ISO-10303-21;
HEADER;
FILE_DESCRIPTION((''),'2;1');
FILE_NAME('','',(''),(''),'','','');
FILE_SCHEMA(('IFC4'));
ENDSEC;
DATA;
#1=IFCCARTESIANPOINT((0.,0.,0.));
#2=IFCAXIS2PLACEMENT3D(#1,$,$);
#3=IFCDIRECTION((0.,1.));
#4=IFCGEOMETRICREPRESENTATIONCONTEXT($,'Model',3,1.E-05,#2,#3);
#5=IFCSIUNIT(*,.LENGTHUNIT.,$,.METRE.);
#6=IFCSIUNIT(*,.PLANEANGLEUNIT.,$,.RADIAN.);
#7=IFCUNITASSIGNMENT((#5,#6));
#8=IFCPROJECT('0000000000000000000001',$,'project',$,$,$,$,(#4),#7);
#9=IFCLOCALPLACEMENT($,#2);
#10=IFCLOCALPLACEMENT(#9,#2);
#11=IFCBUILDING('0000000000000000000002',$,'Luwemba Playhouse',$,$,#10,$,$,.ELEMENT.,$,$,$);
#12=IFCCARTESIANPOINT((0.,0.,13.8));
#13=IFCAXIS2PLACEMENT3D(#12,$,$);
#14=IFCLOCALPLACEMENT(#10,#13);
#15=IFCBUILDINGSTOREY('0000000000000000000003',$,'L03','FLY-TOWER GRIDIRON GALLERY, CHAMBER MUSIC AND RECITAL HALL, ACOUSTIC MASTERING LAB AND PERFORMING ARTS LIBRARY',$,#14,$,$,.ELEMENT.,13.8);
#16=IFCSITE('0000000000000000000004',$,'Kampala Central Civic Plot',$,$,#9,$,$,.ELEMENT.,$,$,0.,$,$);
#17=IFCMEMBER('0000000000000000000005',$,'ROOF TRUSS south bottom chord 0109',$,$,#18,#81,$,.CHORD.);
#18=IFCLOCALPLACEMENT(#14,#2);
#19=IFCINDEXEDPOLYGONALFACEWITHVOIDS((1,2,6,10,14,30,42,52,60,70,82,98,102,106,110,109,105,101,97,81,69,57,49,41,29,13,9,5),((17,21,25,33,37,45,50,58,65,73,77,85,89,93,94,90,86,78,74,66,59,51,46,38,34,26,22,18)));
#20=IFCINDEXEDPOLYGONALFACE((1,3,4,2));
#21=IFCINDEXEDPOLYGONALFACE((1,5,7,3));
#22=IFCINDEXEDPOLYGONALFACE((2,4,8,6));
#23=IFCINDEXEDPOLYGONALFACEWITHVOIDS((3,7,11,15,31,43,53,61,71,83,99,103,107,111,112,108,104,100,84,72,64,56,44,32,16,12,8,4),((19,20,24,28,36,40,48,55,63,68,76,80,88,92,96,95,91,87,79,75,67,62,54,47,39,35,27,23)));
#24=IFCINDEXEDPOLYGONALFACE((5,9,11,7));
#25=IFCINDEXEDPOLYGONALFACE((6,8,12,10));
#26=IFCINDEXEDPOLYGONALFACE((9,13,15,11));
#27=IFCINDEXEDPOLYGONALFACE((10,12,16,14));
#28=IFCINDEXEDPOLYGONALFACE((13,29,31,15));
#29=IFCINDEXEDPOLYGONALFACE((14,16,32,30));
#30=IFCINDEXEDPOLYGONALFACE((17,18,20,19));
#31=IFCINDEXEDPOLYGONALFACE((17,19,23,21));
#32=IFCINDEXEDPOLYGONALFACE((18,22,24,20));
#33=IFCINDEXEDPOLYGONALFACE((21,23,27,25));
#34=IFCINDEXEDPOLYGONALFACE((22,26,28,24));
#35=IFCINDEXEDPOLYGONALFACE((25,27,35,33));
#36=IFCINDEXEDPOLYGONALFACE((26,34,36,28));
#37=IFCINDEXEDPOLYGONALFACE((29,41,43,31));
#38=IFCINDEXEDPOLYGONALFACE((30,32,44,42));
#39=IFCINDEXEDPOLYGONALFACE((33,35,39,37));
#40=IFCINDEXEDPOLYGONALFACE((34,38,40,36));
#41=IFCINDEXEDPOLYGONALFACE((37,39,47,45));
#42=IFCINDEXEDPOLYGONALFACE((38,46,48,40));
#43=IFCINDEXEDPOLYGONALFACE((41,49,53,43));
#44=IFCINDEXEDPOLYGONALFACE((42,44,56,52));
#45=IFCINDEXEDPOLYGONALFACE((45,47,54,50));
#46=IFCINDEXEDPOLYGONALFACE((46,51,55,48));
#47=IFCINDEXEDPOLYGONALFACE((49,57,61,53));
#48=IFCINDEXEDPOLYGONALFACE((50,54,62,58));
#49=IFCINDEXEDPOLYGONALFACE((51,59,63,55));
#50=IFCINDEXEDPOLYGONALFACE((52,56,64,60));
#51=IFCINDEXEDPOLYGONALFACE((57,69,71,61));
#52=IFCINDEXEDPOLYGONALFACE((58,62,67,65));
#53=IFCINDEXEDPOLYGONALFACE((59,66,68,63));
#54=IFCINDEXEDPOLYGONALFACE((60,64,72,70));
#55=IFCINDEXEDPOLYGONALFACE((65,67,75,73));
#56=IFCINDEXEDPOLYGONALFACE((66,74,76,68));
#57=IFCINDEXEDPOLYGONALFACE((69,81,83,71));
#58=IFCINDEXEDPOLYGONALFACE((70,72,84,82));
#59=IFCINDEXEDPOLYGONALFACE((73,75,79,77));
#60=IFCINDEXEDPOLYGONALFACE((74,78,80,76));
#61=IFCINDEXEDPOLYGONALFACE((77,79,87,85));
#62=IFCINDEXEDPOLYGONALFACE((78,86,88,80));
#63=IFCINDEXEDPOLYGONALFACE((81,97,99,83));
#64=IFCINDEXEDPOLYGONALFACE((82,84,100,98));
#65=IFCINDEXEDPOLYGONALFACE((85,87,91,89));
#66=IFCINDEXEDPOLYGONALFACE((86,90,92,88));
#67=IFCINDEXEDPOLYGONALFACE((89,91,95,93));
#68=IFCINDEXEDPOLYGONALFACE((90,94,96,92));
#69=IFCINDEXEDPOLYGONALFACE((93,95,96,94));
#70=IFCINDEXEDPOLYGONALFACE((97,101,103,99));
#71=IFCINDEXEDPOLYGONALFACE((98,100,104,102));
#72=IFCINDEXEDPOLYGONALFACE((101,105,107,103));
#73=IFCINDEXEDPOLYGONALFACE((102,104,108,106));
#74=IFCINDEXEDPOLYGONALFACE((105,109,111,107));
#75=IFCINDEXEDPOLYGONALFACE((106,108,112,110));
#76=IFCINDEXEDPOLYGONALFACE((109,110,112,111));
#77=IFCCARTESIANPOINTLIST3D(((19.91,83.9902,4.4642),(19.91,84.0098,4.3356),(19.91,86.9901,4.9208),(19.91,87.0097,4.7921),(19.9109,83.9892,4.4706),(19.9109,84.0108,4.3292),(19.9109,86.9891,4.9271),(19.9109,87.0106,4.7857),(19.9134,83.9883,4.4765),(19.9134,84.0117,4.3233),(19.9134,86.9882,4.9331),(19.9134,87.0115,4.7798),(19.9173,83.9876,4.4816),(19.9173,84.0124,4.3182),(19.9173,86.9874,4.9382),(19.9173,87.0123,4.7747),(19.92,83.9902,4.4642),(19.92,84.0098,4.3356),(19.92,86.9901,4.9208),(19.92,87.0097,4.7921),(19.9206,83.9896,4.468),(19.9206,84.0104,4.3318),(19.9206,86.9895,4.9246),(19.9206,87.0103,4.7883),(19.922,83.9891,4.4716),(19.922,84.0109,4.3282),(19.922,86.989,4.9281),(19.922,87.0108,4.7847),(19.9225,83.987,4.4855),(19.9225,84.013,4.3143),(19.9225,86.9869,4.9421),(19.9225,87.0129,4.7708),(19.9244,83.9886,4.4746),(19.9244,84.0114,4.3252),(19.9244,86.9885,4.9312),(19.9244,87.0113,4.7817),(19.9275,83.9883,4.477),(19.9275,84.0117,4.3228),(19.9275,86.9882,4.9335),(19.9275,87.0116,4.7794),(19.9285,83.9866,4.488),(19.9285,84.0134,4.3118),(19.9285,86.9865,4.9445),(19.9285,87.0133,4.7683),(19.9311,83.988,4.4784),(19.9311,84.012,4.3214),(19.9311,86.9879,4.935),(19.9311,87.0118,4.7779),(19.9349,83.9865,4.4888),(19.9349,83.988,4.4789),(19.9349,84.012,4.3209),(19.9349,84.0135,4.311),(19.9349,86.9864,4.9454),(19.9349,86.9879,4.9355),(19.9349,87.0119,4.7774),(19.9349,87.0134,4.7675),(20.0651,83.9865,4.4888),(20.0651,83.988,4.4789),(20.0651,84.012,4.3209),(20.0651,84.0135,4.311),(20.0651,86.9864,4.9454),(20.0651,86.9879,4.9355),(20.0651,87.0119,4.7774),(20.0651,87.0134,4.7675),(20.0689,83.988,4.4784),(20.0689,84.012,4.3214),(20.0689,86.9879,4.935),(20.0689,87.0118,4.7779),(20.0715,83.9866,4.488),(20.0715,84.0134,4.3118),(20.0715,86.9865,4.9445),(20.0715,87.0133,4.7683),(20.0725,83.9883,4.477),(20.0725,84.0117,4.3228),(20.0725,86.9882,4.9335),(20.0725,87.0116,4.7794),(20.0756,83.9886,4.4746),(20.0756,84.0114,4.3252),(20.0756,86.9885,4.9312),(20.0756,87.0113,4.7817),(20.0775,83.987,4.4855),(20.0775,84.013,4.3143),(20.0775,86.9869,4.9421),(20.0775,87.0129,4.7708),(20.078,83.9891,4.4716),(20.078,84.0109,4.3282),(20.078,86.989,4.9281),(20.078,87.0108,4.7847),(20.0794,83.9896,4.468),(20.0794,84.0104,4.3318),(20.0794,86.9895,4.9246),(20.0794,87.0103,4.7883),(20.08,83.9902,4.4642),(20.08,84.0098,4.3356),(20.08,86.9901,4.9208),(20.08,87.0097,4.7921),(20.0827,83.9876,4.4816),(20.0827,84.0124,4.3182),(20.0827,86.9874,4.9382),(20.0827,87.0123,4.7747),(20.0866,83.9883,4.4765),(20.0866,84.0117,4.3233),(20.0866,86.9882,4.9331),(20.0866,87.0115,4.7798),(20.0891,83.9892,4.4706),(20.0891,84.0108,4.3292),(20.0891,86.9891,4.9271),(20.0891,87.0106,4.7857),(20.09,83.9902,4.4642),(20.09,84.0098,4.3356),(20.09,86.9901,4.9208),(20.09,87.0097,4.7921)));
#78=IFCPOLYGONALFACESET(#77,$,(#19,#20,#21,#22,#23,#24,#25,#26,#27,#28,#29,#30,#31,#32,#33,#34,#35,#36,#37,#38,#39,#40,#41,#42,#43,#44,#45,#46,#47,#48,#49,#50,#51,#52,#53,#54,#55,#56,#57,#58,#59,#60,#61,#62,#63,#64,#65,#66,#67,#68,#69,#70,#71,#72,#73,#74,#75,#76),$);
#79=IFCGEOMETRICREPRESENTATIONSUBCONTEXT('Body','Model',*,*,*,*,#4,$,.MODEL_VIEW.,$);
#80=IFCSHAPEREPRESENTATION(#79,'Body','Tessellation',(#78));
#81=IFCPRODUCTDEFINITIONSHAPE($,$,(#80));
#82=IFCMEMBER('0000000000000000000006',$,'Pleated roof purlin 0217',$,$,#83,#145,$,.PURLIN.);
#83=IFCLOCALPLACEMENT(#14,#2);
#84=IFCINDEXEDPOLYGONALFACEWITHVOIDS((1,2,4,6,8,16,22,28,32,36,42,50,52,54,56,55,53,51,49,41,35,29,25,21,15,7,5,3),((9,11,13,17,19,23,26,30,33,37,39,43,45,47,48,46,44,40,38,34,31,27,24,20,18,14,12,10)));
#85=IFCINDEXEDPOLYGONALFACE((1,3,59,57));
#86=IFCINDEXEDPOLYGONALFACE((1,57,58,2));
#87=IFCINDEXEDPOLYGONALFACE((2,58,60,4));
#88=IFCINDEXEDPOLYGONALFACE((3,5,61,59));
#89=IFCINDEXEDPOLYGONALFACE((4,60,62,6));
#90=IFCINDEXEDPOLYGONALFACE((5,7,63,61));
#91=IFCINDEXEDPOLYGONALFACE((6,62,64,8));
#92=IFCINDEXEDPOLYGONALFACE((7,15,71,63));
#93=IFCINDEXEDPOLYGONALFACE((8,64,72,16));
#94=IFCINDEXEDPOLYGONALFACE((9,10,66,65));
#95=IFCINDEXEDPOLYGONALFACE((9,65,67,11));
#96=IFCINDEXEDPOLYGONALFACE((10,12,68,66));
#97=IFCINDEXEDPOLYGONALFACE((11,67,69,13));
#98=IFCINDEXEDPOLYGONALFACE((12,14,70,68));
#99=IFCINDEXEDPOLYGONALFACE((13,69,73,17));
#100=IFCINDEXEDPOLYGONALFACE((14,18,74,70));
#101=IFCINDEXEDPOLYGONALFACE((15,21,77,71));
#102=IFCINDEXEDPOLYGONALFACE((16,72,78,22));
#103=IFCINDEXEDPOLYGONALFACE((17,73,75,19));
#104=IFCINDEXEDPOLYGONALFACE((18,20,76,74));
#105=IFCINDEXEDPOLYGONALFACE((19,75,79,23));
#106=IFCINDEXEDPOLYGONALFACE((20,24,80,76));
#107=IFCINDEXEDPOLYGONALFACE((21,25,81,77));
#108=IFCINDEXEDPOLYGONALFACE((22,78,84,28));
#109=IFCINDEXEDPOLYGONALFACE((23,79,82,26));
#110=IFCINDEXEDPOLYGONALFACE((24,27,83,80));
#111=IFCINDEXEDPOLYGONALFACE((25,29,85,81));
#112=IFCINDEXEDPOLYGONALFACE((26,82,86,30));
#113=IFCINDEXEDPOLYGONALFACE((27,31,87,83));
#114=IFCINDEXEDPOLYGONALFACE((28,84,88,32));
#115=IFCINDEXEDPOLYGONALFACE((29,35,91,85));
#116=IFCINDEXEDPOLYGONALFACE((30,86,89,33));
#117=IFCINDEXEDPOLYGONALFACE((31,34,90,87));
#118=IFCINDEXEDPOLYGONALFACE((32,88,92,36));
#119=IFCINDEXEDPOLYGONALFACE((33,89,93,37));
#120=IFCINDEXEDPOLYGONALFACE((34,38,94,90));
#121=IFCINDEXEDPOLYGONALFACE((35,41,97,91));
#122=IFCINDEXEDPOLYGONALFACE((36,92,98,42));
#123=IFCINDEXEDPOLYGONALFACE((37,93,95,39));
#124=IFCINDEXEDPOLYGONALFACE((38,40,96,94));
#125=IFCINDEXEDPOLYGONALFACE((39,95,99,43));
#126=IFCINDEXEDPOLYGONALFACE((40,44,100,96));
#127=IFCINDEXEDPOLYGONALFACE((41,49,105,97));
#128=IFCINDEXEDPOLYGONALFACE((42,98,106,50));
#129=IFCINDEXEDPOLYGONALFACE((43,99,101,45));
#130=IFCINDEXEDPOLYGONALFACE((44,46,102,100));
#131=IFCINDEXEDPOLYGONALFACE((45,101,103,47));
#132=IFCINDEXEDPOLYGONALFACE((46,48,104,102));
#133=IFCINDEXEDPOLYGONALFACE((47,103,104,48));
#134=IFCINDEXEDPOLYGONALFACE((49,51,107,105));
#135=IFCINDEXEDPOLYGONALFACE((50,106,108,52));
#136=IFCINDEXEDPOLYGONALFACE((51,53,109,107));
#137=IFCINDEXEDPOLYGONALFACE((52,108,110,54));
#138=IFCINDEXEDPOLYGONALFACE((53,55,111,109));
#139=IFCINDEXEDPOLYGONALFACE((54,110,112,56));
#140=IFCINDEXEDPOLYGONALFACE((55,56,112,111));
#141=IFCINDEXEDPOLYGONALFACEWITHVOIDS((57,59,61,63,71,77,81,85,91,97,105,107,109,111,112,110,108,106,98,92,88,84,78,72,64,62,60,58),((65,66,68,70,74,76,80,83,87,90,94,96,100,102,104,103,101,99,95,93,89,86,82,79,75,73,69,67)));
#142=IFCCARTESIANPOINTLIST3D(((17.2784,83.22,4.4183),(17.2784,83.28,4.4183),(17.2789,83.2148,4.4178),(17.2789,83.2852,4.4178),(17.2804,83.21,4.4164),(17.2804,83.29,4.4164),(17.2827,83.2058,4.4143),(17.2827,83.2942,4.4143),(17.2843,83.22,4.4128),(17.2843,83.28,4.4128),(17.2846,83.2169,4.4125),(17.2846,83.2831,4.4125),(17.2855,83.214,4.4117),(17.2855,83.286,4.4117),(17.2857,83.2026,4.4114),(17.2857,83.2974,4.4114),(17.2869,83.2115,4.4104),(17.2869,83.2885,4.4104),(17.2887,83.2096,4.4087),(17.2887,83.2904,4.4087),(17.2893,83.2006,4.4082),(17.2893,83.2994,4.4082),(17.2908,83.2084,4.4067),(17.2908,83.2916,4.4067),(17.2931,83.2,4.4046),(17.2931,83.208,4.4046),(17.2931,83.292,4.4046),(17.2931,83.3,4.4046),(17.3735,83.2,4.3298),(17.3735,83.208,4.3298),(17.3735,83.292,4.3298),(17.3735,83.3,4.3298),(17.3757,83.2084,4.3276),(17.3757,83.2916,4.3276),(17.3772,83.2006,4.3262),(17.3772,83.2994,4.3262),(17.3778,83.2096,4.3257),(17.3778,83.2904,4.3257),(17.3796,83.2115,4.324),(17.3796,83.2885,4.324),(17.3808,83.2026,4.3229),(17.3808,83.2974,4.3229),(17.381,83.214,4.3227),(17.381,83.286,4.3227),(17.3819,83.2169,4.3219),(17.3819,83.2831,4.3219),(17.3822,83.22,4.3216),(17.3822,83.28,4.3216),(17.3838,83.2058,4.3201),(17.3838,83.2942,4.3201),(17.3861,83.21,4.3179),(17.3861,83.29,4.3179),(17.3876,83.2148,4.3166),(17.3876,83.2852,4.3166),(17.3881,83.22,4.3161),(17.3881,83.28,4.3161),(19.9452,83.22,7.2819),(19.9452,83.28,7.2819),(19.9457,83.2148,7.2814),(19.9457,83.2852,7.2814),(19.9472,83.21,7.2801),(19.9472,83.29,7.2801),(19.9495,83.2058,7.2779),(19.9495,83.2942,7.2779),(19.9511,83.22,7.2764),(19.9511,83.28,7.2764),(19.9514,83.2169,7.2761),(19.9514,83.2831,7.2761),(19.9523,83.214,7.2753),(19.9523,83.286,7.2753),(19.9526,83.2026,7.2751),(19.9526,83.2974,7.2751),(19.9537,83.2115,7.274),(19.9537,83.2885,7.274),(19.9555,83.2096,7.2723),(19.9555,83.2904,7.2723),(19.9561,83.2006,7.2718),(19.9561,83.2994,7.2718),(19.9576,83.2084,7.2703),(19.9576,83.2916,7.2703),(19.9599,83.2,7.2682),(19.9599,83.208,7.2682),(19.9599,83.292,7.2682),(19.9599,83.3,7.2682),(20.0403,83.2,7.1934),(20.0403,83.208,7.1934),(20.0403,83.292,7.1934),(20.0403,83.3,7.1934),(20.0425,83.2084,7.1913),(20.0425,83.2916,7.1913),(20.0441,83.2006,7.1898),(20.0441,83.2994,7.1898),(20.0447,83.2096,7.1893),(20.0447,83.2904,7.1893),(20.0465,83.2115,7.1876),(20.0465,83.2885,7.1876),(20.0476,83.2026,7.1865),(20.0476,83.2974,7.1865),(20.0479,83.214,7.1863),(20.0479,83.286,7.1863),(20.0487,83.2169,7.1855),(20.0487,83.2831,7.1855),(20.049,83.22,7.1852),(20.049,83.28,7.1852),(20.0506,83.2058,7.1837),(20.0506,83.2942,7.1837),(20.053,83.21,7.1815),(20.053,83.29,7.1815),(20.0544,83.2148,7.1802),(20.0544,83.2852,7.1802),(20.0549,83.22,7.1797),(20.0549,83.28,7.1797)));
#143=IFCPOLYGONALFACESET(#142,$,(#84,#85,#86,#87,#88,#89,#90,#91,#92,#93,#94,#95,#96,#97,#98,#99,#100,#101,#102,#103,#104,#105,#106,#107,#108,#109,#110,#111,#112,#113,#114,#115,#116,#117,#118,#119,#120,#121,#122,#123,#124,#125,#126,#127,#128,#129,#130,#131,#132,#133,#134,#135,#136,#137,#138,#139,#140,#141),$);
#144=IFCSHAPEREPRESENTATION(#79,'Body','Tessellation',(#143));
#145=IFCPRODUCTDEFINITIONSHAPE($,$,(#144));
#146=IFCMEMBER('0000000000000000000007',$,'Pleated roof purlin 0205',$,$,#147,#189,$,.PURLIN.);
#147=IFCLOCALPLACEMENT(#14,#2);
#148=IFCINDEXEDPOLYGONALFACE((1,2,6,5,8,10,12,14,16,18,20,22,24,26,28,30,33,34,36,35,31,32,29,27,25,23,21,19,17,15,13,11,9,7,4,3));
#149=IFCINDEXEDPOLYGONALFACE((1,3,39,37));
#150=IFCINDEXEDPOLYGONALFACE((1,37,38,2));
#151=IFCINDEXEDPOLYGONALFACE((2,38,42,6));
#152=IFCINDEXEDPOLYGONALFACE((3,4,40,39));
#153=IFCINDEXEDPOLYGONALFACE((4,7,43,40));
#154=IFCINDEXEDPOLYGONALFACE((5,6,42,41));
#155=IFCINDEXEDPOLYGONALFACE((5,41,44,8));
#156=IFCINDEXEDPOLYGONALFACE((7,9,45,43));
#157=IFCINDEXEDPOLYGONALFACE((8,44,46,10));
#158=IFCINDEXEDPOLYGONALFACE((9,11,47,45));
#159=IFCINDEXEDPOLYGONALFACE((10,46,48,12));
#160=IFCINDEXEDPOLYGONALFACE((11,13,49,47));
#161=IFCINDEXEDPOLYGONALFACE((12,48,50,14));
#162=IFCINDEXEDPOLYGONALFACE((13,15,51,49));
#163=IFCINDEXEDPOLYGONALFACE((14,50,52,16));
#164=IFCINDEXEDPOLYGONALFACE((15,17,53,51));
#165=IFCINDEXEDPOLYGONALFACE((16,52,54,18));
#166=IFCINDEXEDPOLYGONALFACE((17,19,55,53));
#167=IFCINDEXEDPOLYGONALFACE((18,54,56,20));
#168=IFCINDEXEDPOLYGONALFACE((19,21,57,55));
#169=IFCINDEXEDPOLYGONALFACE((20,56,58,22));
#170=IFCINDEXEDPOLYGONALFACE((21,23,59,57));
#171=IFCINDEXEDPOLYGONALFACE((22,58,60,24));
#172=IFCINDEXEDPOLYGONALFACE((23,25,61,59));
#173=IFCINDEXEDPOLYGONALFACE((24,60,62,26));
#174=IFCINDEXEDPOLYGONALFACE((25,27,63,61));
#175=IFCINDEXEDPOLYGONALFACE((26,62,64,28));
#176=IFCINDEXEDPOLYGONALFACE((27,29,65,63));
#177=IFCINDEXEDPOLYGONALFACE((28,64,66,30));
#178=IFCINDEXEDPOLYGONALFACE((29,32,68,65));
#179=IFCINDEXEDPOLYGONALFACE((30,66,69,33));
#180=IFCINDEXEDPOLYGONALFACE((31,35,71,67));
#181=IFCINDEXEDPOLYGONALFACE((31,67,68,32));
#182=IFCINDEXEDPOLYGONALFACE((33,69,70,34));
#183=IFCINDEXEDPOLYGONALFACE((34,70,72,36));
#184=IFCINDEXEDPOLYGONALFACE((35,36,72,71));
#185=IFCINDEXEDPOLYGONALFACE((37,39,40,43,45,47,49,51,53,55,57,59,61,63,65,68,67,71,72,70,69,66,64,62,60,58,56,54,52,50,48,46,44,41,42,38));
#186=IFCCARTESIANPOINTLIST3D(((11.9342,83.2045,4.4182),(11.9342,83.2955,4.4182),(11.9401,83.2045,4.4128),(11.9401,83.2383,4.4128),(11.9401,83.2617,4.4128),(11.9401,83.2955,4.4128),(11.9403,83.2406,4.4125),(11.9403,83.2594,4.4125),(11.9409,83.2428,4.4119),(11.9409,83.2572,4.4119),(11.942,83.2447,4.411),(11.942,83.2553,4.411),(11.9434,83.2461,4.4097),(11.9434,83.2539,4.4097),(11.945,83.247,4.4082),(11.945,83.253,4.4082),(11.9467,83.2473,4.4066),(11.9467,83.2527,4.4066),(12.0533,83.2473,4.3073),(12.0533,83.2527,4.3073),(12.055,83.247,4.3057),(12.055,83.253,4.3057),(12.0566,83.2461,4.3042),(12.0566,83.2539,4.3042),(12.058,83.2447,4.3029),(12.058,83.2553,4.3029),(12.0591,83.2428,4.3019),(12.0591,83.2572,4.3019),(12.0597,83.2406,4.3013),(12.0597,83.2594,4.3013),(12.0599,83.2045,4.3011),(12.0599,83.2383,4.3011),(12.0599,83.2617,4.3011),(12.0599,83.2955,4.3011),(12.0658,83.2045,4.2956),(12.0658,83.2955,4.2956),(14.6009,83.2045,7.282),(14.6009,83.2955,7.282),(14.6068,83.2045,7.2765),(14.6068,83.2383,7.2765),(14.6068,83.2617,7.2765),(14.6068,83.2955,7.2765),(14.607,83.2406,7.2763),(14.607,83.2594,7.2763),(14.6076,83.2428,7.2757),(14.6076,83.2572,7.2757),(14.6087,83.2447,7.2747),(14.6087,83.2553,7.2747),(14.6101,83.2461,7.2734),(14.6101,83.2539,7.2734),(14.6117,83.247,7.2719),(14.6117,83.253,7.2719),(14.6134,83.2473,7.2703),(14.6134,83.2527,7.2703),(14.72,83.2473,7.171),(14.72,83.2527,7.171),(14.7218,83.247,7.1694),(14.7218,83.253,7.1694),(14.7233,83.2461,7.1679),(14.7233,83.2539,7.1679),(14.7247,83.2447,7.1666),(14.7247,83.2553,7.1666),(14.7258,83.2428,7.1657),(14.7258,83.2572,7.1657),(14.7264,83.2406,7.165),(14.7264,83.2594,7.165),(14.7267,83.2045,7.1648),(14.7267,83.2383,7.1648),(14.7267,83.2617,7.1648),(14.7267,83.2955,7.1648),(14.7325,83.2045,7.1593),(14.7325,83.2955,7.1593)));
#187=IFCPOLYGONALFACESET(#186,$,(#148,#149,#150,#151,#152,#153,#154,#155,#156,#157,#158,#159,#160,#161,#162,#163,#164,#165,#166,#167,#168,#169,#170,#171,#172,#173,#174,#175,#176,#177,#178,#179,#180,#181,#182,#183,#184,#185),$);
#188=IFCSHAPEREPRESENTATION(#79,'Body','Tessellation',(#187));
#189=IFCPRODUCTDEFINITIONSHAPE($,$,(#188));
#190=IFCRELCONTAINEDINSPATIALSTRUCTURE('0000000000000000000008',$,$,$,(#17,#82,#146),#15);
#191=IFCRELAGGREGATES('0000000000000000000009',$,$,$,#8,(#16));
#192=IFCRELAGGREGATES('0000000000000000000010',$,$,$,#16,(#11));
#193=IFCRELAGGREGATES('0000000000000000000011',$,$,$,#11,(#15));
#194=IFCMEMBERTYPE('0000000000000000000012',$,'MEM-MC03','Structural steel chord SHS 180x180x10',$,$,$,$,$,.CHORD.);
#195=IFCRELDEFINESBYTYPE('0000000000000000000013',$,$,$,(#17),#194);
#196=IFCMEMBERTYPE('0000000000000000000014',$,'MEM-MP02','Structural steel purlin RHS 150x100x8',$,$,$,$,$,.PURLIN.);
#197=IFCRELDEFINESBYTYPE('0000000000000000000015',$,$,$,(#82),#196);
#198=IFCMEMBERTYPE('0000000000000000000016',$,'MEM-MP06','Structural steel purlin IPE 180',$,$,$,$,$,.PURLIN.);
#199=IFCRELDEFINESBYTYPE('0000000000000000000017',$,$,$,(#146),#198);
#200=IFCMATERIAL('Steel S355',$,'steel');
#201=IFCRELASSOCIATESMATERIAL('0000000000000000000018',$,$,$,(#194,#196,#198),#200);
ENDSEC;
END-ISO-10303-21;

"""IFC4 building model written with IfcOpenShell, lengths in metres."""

from ifc_helpers import new_model, si_unit, direction, frame, origin, origin_2d, place, context, subcontext, project, spatial, hollow_rectangle, i_section, extrude, material, material_profile, profile_set, type_object, element, save


model = new_model("IFC4")

# Units and contexts
model_context = context("Model", 3, precision=1e-05, world=origin(), true_north=direction((0.0, 1.0)))
body_context = subcontext(model_context, "Body", "Model", "MODEL_VIEW")
ifc_project = project(units=[si_unit("LENGTHUNIT", "METRE"), si_unit("PLANEANGLEUNIT", "RADIAN")], contexts=[model_context])

# Site, building, storey
site_placement = place(None, origin())
site = spatial("IfcSite", under=ifc_project, at=site_placement, Name="Kampala Central Civic Plot", CompositionType="ELEMENT", RefElevation=0.0)
building_placement = place(site_placement, origin())
building = spatial("IfcBuilding", under=site, at=building_placement, Name="Luwemba Playhouse", CompositionType="ELEMENT")
storey_placement = place(building_placement, frame((0.0, 0.0, 13.8)))
storey = spatial("IfcBuildingStorey", under=building, at=storey_placement, Name="L03", Description="FLY-TOWER GRIDIRON GALLERY, CHAMBER MUSIC AND RECITAL HALL, ACOUSTIC MASTERING LAB AND PERFORMING ARTS LIBRARY", CompositionType="ELEMENT", Elevation=13.8)

# Shared definitions
ifc_material_1 = material(Name="Steel S355", Category="steel")

# Members
ifc_material_profile_1 = material_profile(ifc_material_1, hollow_rectangle(XDim=0.1799, YDim=0.1799, WallThickness=0.01, InnerFilletRadius=0.0149, OuterFilletRadius=0.0249, at=origin_2d()))
ifc_profile_set_1 = profile_set([ifc_material_profile_1], Name="Steel S355")
member_type_1 = type_object("IfcMemberType", Name="MEM-MC03", Description="Structural steel chord SHS 180x180x10", PredefinedType="CHORD", material=ifc_profile_set_1)
member_1_placement = place(storey_placement, frame((20.0, 84.0, 4.3999), z_axis=(0.0, 0.988618, 0.150449), x_axis=(-1.0, 0.0, 0.0)))
element("IfcMember", 1, at=member_1_placement, inside=storey, type_object=member_type_1, Name="ROOF TRUSS south bottom chord 0109", PredefinedType="CHORD", context=body_context, shape_type="SweptSolid", body=[
    extrude(hollow_rectangle(XDim=0.1799, YDim=0.1799, WallThickness=0.01, InnerFilletRadius=0.0149, OuterFilletRadius=0.0249, at=origin_2d()), origin(), (0.0, 0.0, 1.0), 3.0344),
])
ifc_material_profile_2 = material_profile(ifc_material_1, hollow_rectangle(XDim=0.1001, YDim=0.1499, WallThickness=0.0081, InnerFilletRadius=0.012, OuterFilletRadius=0.02, at=origin_2d()))
ifc_profile_set_2 = profile_set([ifc_material_profile_2], Name="Steel S355")
member_type_2 = type_object("IfcMemberType", Name="MEM-MP02", Description="Structural steel purlin RHS 150x100x8", PredefinedType="PURLIN", material=ifc_profile_set_2)
member_2_placement = place(storey_placement, frame((17.3333, 83.25, 4.3672), z_axis=(0.681515, 0.0, 0.731804), x_axis=(0.0, 1.0, 0.0)))
element("IfcMember", 2, at=member_2_placement, inside=storey, type_object=member_type_2, Name="Pleated roof purlin 0217", PredefinedType="PURLIN", context=body_context, shape_type="SweptSolid", body=[
    extrude(hollow_rectangle(XDim=0.1001, YDim=0.1499, WallThickness=0.0081, InnerFilletRadius=0.012, OuterFilletRadius=0.02, at=origin_2d()), origin(), (0.0, 0.0, 1.0), 3.9131),
])
ifc_material_profile_3 = material_profile(ifc_material_1, i_section(OverallWidth=0.0911, OverallDepth=0.1799, WebThickness=0.0054, FlangeThickness=0.0081, FilletRadius=0.009, at=origin_2d()))
ifc_profile_set_3 = profile_set([ifc_material_profile_3], Name="Steel S355")
member_type_3 = type_object("IfcMemberType", Name="MEM-MP06", Description="Structural steel purlin IPE 180", PredefinedType="PURLIN", material=ifc_profile_set_3)
member_3_placement = place(storey_placement, frame((12.0, 83.25, 4.3569), z_axis=(0.681484, 0.0, 0.731833), x_axis=(0.0, 1.0, 0.0)))
element("IfcMember", 3, at=member_3_placement, inside=storey, type_object=member_type_3, Name="Pleated roof purlin 0205", PredefinedType="PURLIN", context=body_context, shape_type="SweptSolid", body=[
    extrude(i_section(OverallWidth=0.0911, OverallDepth=0.1799, WebThickness=0.0054, FlangeThickness=0.0081, FilletRadius=0.009, at=origin_2d()), origin(), (0.0, 0.0, 1.0), 3.9131),
])

save(model, "model.ifc")
